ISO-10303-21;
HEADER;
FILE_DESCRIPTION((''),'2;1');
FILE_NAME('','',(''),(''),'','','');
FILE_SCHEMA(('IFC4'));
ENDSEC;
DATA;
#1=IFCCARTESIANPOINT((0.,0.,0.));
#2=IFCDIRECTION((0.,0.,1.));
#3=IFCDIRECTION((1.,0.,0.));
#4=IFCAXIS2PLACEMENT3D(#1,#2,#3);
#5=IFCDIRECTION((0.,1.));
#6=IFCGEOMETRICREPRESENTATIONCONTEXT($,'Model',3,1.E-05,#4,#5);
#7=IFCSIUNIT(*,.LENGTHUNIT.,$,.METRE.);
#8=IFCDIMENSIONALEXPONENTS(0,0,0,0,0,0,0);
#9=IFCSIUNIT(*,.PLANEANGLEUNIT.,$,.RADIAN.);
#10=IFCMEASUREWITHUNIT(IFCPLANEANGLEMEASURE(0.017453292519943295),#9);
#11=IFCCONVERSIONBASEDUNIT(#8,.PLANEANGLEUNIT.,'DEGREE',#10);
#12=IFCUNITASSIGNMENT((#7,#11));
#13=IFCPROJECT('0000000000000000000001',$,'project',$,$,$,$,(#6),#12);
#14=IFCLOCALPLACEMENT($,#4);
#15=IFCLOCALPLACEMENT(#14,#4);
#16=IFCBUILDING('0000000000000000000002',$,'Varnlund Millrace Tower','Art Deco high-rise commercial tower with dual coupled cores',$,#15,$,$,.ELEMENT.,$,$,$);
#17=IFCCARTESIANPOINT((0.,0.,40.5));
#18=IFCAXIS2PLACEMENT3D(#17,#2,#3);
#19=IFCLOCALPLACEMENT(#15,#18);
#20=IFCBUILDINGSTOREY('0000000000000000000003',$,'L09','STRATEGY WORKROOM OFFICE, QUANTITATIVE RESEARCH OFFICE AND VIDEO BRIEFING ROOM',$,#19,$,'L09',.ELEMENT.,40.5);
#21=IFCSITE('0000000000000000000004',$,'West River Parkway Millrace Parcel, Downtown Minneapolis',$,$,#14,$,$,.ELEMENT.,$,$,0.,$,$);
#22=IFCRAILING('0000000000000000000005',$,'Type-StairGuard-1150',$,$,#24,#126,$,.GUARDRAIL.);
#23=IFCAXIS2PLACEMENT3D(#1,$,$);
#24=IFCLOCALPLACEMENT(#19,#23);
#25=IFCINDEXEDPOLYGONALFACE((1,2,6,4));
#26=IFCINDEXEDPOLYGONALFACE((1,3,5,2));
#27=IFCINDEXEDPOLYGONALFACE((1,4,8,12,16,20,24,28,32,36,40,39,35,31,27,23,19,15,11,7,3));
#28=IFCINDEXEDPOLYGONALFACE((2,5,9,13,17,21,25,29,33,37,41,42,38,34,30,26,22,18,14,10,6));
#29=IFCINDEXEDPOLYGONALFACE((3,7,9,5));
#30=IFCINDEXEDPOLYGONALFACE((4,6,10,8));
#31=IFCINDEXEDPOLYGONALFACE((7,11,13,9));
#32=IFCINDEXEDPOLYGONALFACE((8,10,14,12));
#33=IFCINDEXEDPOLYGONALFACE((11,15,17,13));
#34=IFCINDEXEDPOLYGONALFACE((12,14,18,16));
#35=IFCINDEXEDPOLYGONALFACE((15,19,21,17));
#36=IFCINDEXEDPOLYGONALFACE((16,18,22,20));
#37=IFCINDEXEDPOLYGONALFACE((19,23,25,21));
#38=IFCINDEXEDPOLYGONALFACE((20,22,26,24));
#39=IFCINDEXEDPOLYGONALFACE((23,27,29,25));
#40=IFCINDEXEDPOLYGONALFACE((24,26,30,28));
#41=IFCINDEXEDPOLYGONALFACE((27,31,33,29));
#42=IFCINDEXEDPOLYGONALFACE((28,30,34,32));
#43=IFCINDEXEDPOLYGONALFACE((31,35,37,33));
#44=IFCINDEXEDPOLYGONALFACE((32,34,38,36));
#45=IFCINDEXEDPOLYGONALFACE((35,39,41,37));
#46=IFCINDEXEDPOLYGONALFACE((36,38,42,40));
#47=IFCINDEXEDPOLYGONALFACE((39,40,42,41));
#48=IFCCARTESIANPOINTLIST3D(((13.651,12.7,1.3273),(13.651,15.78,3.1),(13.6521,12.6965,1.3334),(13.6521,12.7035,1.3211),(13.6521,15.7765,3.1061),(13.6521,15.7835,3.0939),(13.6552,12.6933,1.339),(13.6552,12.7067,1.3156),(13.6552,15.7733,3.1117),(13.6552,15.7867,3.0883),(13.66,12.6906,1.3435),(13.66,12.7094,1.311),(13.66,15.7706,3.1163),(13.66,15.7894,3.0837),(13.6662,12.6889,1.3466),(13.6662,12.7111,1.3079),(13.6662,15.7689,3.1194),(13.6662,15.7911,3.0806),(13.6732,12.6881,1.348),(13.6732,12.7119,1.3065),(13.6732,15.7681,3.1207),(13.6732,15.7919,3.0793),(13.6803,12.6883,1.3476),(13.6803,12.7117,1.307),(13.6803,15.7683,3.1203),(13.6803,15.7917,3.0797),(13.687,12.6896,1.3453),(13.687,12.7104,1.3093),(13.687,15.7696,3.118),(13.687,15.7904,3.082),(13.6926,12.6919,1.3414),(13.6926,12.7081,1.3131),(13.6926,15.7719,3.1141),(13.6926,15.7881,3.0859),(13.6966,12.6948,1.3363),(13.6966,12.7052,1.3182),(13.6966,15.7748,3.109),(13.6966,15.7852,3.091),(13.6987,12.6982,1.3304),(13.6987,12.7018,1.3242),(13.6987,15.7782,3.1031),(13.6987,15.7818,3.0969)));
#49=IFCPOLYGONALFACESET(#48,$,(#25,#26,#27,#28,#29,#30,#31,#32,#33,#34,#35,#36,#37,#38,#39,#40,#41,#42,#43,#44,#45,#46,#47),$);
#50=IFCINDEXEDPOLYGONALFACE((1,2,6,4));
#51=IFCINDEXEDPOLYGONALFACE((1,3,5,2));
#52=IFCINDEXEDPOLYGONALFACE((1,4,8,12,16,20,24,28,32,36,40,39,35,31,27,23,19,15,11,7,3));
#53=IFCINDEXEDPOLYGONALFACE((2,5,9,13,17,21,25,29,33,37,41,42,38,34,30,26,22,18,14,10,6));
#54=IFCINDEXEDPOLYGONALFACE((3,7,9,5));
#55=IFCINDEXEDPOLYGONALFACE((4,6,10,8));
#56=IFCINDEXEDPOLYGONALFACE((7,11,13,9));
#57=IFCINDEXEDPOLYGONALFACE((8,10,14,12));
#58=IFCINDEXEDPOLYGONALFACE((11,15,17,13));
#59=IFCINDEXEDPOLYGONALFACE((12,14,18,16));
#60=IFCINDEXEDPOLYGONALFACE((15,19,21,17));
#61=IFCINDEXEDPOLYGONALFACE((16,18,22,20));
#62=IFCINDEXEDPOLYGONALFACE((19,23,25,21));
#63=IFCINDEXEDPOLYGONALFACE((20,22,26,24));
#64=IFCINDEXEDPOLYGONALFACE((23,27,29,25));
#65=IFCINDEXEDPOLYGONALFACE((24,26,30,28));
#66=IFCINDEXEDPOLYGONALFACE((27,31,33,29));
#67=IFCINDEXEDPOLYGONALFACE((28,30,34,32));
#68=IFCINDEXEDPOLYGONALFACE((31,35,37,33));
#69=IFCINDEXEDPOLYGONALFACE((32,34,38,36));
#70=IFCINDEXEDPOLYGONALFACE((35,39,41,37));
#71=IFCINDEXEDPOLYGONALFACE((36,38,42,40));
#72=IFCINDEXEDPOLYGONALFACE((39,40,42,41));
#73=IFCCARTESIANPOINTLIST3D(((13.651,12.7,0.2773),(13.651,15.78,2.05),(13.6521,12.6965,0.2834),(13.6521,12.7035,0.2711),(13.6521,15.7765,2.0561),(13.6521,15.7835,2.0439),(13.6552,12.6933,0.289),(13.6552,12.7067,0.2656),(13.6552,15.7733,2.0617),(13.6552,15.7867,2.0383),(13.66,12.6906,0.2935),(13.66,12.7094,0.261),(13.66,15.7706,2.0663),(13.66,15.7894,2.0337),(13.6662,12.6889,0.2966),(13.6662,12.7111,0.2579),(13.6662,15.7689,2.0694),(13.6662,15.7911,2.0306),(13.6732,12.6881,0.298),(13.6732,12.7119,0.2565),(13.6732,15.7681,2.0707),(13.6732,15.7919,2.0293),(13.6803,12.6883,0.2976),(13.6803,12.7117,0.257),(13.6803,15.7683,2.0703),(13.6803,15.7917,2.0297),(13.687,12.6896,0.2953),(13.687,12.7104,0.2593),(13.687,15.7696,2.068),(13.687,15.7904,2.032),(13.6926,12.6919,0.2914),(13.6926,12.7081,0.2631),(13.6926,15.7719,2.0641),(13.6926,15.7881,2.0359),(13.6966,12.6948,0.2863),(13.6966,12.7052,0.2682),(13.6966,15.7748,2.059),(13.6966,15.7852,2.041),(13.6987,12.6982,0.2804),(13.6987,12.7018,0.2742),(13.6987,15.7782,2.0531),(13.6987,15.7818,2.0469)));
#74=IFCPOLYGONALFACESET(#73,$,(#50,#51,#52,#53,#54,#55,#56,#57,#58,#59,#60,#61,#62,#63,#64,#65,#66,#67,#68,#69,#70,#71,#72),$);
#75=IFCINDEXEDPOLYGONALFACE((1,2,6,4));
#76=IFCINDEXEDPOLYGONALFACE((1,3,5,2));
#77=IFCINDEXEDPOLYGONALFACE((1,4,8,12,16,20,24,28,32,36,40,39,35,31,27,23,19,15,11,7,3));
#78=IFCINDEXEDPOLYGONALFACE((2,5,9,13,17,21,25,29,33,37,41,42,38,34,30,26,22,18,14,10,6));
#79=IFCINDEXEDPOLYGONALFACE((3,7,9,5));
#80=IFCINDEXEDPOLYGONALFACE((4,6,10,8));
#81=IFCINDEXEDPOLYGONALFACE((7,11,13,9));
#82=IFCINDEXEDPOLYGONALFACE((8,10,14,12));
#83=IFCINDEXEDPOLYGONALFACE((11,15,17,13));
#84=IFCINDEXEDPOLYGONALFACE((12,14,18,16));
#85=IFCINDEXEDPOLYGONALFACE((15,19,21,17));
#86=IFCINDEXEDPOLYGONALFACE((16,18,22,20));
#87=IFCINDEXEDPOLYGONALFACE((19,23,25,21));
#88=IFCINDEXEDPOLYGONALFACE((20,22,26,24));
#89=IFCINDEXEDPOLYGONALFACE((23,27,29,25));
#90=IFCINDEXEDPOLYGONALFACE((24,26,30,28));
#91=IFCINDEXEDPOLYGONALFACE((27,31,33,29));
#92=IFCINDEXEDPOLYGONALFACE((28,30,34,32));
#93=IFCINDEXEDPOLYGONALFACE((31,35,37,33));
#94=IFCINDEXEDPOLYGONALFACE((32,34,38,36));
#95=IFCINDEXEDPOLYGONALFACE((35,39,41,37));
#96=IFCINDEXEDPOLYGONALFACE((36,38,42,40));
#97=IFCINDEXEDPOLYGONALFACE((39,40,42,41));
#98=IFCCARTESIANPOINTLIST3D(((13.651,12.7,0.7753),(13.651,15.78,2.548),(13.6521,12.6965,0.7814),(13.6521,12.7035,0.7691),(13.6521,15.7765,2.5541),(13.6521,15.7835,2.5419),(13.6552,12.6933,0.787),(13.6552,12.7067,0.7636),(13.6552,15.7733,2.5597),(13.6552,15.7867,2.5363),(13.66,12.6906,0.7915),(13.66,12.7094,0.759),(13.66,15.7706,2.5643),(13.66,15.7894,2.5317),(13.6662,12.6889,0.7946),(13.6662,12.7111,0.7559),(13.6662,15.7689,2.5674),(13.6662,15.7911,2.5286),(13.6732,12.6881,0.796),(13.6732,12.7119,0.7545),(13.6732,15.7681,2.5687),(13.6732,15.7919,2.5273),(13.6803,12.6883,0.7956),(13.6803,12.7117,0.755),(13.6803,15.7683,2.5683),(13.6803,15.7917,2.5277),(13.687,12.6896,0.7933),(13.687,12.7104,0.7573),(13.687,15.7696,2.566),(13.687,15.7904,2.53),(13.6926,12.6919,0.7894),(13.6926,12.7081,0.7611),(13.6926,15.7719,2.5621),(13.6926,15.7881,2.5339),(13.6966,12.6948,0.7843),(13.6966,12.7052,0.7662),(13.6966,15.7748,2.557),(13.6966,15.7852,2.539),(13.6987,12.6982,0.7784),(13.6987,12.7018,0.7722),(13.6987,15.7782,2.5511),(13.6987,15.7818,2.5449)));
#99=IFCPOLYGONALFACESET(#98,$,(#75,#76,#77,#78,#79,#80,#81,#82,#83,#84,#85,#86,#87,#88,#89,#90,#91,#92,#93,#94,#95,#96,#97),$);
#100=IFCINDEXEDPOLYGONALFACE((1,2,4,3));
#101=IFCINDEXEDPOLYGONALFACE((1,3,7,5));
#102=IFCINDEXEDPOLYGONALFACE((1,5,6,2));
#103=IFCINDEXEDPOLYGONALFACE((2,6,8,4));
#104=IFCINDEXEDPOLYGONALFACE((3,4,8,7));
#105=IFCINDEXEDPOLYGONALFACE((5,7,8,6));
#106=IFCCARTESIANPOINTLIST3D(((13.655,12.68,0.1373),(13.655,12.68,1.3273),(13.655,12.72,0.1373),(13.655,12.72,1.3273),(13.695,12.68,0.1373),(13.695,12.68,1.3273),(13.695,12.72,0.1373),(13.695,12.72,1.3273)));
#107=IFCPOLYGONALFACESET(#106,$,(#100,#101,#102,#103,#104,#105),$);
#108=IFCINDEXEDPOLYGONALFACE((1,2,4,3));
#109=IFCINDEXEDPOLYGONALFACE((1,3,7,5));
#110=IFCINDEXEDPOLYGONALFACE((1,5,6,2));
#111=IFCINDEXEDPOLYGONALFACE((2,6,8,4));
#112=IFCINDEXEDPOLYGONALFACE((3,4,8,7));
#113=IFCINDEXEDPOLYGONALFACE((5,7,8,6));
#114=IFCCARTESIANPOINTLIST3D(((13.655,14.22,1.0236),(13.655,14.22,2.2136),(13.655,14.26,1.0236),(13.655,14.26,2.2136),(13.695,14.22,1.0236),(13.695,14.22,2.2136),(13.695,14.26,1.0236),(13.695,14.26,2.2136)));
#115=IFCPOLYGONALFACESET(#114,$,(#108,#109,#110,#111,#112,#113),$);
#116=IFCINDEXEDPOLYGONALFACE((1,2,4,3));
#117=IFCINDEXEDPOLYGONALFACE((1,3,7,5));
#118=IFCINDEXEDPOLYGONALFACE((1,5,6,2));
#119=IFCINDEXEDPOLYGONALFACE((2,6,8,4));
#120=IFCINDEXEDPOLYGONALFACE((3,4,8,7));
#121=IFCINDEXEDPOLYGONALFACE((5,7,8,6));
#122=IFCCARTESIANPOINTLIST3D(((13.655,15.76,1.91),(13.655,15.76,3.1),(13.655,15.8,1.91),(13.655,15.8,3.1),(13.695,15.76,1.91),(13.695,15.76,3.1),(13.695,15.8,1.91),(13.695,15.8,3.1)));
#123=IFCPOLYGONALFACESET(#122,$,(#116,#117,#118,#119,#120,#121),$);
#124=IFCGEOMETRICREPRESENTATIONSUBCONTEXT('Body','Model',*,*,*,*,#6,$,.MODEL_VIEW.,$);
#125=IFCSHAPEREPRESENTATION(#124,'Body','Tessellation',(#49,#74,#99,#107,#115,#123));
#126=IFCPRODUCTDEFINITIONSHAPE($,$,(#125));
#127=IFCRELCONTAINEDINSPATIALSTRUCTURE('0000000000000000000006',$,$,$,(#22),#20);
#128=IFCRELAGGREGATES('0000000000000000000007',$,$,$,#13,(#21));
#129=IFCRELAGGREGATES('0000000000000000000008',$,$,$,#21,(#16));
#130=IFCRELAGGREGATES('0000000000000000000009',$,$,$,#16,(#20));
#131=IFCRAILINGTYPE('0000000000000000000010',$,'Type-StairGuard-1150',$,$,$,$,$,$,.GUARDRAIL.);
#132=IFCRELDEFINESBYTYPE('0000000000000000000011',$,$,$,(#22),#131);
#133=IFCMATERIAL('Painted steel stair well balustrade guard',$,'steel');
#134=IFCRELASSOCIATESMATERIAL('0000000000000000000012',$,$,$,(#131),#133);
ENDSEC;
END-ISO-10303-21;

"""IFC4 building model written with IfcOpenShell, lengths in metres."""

from ifc_helpers import new_model, entity, si_unit, converted_unit, direction, frame, origin_with_axes, origin_2d_with_axis, place, context, subcontext, project, spatial, rectangle, circle, extrude, material, type_object, element, save


model = new_model("IFC4")

# Units and contexts
model_context = context("Model", 3, precision=1e-05, world=origin_with_axes(), true_north=direction((0.0, 1.0)))
body_context = subcontext(model_context, "Body", "Model", "MODEL_VIEW")
ifc_project = project(units=[si_unit("LENGTHUNIT", "METRE"), converted_unit("PLANEANGLEUNIT", "DEGREE", entity("IfcPlaneAngleMeasure", 0.017453292519943295), si_unit("PLANEANGLEUNIT", "RADIAN"), dimensions=[0, 0, 0, 0, 0, 0, 0])], contexts=[model_context])

# Site, building, storey
site_placement = place(None, origin_with_axes())
site = spatial("IfcSite", under=ifc_project, at=site_placement, Name="West River Parkway Millrace Parcel, Downtown Minneapolis", CompositionType="ELEMENT", RefElevation=0.0)
building_placement = place(site_placement, origin_with_axes())
building = spatial("IfcBuilding", under=site, at=building_placement, Name="Varnlund Millrace Tower", Description="Art Deco high-rise commercial tower with dual coupled cores", CompositionType="ELEMENT")
storey_placement = place(building_placement, frame((0.0, 0.0, 40.5), z_axis=(0.0, 0.0, 1.0), x_axis=(1.0, 0.0, 0.0)))
storey = spatial("IfcBuildingStorey", under=building, at=storey_placement, Name="L09", Description="STRATEGY WORKROOM OFFICE, QUANTITATIVE RESEARCH OFFICE AND VIDEO BRIEFING ROOM", LongName="L09", CompositionType="ELEMENT", Elevation=40.5)

# Railing
ifc_material_1 = material(Name="Painted steel stair well balustrade guard", Category="steel")
railing_type_1 = type_object("IfcRailingType", Name="Type-StairGuard-1150", PredefinedType="GUARDRAIL", material=ifc_material_1)
railing_1_placement = place(storey_placement, frame((0.0, 0.0, -40.5), z_axis=(0.0, 0.0, 1.0), x_axis=(1.0, 0.0, 0.0)))
element("IfcRailing", 1, at=railing_1_placement, inside=storey, type_object=railing_type_1, Name="Type-StairGuard-1150", PredefinedType="GUARDRAIL", context=body_context, shape_type="SweptSolid", body=[
    extrude(circle(Radius=0.024, at=origin_2d_with_axis()), frame((13.675, 12.7, 41.8273), z_axis=(0.0, 0.866696, 0.498836), x_axis=(-1.0, 0.0, 0.0)), (0.0, 0.0, 1.0), 3.5537),
    extrude(circle(Radius=0.024, at=origin_2d_with_axis()), frame((13.675, 12.7, 40.7773), z_axis=(0.0, 0.866696, 0.498836), x_axis=(-1.0, 0.0, 0.0)), (0.0, 0.0, 1.0), 3.5537),
    extrude(circle(Radius=0.024, at=origin_2d_with_axis()), frame((13.675, 12.7, 41.2753), z_axis=(0.0, 0.866696, 0.498836), x_axis=(-1.0, 0.0, 0.0)), (0.0, 0.0, 1.0), 3.5537),
    extrude(rectangle(XDim=0.04, YDim=0.04, at=origin_2d_with_axis()), frame((13.675, 12.7, 40.6373), z_axis=(0.0, 0.0, 1.0), x_axis=(1.0, 0.0, 0.0)), (0.0, 0.0, 1.0), 1.19),
    extrude(rectangle(XDim=0.04, YDim=0.04, at=origin_2d_with_axis()), frame((13.675, 14.24, 41.5236), z_axis=(0.0, 0.0, 1.0), x_axis=(1.0, 0.0, 0.0)), (0.0, 0.0, 1.0), 1.19),
    extrude(rectangle(XDim=0.04, YDim=0.04, at=origin_2d_with_axis()), frame((13.675, 15.78, 42.41), z_axis=(0.0, 0.0, 1.0), x_axis=(1.0, 0.0, 0.0)), (0.0, 0.0, 1.0), 1.19),
])

save(model, "model.ifc")
